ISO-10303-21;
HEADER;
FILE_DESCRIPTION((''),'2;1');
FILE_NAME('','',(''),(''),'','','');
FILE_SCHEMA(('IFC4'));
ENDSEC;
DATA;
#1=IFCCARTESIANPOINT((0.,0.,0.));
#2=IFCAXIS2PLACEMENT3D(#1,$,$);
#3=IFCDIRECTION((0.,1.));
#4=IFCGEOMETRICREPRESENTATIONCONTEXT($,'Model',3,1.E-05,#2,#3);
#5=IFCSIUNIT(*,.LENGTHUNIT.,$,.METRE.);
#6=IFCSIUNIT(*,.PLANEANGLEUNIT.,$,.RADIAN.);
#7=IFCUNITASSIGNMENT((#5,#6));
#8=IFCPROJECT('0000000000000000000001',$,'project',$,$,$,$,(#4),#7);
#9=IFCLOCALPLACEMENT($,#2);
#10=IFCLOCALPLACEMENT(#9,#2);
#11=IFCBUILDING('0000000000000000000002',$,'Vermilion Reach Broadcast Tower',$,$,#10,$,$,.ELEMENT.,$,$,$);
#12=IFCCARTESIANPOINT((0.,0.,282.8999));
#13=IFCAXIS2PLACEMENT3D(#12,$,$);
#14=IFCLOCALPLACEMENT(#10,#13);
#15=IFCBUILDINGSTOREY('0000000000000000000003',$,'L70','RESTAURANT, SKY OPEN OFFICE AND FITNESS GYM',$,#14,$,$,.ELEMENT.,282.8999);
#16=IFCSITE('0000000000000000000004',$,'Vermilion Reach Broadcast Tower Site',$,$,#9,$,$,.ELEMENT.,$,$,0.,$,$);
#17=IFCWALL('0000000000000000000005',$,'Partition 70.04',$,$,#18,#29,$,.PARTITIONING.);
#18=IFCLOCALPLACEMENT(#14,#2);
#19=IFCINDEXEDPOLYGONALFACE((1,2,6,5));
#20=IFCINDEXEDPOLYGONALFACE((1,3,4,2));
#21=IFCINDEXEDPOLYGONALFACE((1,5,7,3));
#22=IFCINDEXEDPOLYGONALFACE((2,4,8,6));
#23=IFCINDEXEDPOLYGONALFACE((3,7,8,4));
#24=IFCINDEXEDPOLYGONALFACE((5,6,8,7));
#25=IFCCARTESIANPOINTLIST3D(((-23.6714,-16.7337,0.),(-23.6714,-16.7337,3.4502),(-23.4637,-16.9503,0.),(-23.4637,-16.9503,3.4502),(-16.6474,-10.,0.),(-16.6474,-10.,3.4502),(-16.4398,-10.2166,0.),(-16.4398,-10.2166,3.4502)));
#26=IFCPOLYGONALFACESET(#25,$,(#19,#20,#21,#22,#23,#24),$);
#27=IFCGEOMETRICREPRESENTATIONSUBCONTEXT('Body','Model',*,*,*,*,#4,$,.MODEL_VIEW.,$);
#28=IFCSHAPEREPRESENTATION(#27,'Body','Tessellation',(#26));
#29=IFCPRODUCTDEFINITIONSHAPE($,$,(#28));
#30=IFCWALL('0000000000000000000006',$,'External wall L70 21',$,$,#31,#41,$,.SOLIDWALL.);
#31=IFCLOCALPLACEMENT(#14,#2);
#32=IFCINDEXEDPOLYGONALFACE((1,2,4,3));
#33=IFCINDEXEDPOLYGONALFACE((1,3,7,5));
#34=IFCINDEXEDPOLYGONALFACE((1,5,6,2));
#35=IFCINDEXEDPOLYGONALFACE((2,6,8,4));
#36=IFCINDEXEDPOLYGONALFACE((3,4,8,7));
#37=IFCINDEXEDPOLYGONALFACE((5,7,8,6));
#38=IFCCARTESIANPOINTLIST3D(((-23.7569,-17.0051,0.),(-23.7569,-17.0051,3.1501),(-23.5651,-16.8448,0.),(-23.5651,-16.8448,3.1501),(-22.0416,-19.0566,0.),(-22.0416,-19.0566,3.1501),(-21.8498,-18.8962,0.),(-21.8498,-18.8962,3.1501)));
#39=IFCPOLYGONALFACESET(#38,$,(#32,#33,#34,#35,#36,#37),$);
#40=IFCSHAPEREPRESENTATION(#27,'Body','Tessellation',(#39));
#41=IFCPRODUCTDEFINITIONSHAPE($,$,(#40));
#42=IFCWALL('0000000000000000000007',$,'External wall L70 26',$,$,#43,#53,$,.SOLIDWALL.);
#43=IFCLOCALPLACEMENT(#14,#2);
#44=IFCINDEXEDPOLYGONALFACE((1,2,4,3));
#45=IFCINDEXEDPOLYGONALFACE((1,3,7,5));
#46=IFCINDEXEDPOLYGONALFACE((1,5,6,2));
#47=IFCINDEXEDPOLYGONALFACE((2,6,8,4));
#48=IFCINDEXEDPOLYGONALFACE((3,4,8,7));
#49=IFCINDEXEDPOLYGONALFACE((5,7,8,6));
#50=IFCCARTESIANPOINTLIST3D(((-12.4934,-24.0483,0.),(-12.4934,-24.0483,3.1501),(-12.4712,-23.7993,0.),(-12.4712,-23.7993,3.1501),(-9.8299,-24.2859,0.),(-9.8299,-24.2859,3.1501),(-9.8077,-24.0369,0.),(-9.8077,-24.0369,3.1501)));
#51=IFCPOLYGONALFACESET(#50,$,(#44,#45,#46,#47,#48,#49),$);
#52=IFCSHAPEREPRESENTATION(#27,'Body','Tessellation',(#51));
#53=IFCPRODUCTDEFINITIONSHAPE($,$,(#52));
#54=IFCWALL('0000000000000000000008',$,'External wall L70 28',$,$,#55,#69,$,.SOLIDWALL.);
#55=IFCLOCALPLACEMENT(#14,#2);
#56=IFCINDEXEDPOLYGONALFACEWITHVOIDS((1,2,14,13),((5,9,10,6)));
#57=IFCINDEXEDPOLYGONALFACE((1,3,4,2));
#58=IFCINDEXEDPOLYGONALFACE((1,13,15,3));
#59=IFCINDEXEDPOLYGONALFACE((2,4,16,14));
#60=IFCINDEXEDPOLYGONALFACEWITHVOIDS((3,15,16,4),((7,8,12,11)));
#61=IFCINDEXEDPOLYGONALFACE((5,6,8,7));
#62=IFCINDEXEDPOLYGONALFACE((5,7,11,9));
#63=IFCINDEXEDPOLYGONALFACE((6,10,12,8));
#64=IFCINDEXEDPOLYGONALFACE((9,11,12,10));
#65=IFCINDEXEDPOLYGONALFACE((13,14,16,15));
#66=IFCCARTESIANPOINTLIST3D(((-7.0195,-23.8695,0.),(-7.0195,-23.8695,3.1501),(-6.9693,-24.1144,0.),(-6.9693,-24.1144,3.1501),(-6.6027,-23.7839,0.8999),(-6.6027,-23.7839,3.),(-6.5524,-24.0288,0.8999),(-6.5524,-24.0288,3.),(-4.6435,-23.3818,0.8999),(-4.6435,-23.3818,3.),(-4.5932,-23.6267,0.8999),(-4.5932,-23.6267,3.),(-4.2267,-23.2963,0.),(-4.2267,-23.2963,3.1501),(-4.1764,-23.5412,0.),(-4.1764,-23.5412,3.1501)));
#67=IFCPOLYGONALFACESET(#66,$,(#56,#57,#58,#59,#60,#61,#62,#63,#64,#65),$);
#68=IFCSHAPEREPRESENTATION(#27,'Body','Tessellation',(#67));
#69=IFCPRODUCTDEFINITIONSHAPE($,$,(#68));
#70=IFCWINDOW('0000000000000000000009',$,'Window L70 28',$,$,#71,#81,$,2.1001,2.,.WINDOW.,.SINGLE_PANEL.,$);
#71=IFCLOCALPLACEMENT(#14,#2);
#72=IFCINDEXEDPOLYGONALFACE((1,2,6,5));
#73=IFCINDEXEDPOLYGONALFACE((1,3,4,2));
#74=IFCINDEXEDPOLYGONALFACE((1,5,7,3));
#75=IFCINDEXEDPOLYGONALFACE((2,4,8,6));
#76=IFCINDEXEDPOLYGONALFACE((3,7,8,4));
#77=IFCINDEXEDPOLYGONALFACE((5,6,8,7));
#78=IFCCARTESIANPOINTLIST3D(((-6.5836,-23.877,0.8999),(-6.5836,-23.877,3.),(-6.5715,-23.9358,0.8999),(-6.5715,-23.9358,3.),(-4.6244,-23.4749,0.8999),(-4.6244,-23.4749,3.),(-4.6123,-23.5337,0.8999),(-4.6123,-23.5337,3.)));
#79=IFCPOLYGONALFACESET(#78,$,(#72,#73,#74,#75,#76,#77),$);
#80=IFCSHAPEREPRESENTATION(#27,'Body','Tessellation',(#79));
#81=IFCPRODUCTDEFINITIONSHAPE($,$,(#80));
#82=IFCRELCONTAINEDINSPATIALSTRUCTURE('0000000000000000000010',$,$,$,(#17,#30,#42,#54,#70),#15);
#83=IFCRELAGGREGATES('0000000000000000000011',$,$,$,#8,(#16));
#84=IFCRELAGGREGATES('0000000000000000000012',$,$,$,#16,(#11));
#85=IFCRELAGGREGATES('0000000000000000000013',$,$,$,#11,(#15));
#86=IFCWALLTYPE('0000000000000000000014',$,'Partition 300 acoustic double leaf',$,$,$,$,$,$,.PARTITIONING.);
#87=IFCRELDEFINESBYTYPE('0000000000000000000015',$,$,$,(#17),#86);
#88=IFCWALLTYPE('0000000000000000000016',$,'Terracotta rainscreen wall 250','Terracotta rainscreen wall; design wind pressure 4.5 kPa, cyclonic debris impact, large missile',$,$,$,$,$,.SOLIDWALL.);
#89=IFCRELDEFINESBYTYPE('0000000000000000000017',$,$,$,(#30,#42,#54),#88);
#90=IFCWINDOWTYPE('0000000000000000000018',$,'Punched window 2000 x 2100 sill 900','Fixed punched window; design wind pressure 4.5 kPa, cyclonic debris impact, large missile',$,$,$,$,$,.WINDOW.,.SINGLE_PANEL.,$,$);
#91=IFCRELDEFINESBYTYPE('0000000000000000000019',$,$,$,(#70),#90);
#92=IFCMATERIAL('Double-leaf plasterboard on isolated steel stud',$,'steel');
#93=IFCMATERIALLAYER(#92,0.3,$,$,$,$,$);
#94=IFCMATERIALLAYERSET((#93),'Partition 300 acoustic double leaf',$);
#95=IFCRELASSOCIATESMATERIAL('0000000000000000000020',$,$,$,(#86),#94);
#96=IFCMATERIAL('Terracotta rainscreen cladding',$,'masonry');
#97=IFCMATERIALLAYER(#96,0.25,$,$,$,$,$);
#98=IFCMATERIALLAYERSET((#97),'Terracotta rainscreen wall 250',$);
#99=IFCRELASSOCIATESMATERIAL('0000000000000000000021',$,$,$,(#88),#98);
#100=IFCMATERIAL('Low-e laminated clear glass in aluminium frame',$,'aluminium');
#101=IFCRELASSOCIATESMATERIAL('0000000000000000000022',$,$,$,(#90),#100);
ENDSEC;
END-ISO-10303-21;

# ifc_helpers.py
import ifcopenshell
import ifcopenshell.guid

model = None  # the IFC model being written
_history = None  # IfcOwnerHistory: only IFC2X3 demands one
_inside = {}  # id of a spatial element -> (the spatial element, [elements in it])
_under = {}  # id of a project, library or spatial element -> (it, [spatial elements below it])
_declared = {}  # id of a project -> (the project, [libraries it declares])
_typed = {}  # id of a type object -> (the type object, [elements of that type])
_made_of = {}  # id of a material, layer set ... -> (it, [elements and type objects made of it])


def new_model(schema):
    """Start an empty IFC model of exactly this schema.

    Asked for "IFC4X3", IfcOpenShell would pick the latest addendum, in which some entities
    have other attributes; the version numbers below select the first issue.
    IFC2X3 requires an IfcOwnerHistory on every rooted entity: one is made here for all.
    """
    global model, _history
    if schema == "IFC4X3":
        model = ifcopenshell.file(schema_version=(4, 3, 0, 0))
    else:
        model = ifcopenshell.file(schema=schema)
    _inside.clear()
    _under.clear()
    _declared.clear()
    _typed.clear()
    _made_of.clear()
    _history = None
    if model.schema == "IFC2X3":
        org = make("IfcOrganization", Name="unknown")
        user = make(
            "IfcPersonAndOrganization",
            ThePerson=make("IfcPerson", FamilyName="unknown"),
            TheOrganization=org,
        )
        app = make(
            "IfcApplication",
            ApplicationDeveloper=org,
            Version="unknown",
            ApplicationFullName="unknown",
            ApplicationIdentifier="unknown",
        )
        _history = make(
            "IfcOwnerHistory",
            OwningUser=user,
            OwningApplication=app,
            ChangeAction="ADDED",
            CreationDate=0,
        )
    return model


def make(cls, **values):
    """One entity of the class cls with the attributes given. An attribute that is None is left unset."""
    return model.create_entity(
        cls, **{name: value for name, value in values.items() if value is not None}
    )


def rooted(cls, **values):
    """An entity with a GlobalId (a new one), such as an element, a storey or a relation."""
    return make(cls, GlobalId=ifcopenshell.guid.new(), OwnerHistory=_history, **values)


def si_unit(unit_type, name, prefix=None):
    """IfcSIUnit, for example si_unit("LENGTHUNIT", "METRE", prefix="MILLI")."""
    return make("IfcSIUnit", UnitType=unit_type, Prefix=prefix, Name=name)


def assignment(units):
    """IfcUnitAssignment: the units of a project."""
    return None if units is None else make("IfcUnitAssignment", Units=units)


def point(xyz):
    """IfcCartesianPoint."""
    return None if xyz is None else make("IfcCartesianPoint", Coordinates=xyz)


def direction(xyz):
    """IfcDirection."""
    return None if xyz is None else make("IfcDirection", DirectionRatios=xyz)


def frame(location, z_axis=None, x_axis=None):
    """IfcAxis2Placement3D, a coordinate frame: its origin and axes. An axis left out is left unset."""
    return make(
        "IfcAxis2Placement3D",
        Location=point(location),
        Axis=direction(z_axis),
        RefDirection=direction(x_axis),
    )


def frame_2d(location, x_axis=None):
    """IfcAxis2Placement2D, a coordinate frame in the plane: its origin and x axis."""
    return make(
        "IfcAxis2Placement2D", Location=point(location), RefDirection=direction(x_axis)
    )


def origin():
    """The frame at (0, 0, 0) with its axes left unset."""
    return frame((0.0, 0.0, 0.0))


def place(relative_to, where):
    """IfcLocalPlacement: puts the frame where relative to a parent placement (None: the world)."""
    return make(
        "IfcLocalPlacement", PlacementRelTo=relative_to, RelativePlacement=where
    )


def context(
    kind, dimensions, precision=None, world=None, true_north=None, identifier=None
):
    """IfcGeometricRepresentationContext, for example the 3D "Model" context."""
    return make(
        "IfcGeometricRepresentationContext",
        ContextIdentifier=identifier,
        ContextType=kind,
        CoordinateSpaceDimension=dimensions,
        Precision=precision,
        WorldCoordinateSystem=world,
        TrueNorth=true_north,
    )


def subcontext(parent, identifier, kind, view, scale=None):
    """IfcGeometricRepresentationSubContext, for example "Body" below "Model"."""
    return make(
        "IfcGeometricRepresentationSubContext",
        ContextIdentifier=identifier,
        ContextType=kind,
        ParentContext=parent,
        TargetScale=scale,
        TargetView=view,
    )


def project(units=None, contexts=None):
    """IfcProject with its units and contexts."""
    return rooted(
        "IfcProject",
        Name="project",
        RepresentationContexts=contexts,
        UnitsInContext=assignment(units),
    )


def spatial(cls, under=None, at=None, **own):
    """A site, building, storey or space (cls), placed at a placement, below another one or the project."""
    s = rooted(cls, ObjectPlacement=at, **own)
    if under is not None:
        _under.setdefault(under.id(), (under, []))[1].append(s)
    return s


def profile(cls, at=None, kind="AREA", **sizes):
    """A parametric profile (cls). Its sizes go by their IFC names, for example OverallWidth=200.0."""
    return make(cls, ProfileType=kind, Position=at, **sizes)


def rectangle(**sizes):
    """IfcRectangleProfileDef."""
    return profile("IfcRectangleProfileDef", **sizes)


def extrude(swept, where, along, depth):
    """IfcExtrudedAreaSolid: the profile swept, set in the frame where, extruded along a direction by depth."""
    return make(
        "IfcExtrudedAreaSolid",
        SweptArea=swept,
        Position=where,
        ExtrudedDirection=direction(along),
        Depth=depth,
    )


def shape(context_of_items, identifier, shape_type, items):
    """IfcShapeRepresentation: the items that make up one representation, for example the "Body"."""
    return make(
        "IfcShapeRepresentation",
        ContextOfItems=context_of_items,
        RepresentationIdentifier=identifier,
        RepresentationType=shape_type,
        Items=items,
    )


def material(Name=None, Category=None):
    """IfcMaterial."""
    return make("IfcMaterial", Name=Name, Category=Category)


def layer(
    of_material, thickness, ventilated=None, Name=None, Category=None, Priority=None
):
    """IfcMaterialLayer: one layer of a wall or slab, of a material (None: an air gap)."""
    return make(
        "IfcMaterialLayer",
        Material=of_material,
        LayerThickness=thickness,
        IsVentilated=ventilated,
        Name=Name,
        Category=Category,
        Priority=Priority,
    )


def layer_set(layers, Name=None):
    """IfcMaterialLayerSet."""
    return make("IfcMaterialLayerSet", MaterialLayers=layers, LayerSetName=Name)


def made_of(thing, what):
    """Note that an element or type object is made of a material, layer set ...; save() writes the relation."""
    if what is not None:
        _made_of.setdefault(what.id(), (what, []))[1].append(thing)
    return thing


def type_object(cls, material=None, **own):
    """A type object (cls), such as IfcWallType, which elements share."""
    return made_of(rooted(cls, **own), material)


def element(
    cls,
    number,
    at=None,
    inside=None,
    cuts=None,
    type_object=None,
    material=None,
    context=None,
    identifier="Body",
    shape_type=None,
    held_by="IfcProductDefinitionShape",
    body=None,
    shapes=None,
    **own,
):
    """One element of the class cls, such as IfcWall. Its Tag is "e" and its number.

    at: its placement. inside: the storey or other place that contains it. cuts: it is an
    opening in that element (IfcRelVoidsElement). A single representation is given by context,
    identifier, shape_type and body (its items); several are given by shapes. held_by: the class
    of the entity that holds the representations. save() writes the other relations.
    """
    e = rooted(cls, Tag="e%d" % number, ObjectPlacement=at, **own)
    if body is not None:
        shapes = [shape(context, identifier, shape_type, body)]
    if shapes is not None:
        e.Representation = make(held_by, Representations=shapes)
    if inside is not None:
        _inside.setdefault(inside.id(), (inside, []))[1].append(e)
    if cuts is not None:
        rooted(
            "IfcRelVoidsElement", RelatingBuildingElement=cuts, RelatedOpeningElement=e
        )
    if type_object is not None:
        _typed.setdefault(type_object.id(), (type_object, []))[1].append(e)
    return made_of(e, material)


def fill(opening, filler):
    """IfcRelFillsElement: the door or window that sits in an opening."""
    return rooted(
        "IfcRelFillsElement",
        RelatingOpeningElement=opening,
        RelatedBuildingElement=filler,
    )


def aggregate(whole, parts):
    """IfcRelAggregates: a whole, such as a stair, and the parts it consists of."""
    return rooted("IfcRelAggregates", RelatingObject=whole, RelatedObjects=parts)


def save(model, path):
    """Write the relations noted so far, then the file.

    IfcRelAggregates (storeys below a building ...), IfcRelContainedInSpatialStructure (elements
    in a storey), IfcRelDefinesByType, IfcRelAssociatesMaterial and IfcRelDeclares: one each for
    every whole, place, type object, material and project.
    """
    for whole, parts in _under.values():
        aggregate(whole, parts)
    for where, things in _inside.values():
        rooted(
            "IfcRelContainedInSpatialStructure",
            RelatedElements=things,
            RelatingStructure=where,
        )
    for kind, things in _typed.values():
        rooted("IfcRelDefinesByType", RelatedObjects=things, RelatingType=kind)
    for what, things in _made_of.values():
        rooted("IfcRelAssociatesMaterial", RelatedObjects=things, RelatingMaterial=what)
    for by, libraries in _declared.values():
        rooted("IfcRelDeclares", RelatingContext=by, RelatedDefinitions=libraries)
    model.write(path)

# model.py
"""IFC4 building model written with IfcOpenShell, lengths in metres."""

from ifc_helpers import new_model, si_unit, direction, frame, frame_2d, origin, place, context, subcontext, project, spatial, rectangle, extrude, material, layer, layer_set, type_object, element, fill, save


model = new_model("IFC4")

# Units and contexts
model_context = context("Model", 3, precision=1e-05, world=origin(), true_north=direction((0.0, 1.0)))
body_context = subcontext(model_context, "Body", "Model", "MODEL_VIEW")
ifc_project = project(units=[si_unit("LENGTHUNIT", "METRE"), si_unit("PLANEANGLEUNIT", "RADIAN")], contexts=[model_context])

# Site, building, storey
site_placement = place(None, origin())
site = spatial("IfcSite", under=ifc_project, at=site_placement, Name="Vermilion Reach Broadcast Tower Site", CompositionType="ELEMENT", RefElevation=0.0)
building_placement = place(site_placement, origin())
building = spatial("IfcBuilding", under=site, at=building_placement, Name="Vermilion Reach Broadcast Tower", CompositionType="ELEMENT")
storey_placement = place(building_placement, frame((0.0, 0.0, 282.8999)))
storey = spatial("IfcBuildingStorey", under=building, at=storey_placement, Name="L70", Description="RESTAURANT, SKY OPEN OFFICE AND FITNESS GYM", CompositionType="ELEMENT", Elevation=282.8999)

# Wall
ifc_material_1 = material(Name="Double-leaf plasterboard on isolated steel stud", Category="steel")
ifc_layer_1 = layer(ifc_material_1, 0.3)
ifc_layer_set_1 = layer_set([ifc_layer_1], Name="Partition 300 acoustic double leaf")
wall_type_1 = type_object("IfcWallType", Name="Partition 300 acoustic double leaf", PredefinedType="PARTITIONING", material=ifc_layer_set_1)
wall_1_placement = place(storey_placement, frame((-23.5676, -16.842, 0.0), z_axis=(0.0, 0.0, 1.0), x_axis=(0.721866, 0.692033, 0.0)))
element("IfcWall", 1, at=wall_1_placement, inside=storey, type_object=wall_type_1, Name="Partition 70.04", PredefinedType="PARTITIONING", context=body_context, shape_type="SweptSolid", body=[
    extrude(rectangle(XDim=9.7302, YDim=0.3, at=frame_2d((4.8652, 0.0))), origin(), (0.0, 0.0, 1.0), 3.4502),
])

# Shared definitions
ifc_material_2 = material(Name="Terracotta rainscreen cladding", Category="masonry")
ifc_layer_2 = layer(ifc_material_2, 0.25)
ifc_layer_set_2 = layer_set([ifc_layer_2], Name="Terracotta rainscreen wall 250")
wall_type_2 = type_object("IfcWallType", Name="Terracotta rainscreen wall 250", Description="Terracotta rainscreen wall; design wind pressure 4.5 kPa, cyclonic debris impact, large missile", PredefinedType="SOLIDWALL", material=ifc_layer_set_2)

# Walls
for number, where, z_axis, x_axis, name in (
    (2, (-23.6609, -16.925, 0.0), (0.0, 0.0, 1.0), (0.64145, -0.767165, 0.0), "External wall L70 21"),
    (3, (-12.4822, -23.9238, 0.0), (0.0, 0.0, 1.0), (0.996047, -0.088832, 0.0), "External wall L70 26"),
):
    element("IfcWall", number, at=place(storey_placement, frame(where, z_axis=z_axis, x_axis=x_axis)), inside=storey, type_object=wall_type_2, Name=name, PredefinedType="SOLIDWALL", context=body_context, shape_type="SweptSolid", body=[
        extrude(rectangle(XDim=2.6741, YDim=0.25, at=frame_2d((1.3369, 0.0))), origin(), (0.0, 0.0, 1.0), 3.1501),
    ])

# Wall, opening, window
wall_2_placement = place(storey_placement, frame((-6.9944, -23.9919, 0.0), z_axis=(0.0, 0.0, 1.0), x_axis=(0.97958, 0.201054, 0.0)))
wall_2 = element("IfcWall", 4, at=wall_2_placement, inside=storey, type_object=wall_type_2, Name="External wall L70 28", PredefinedType="SOLIDWALL", context=body_context, shape_type="SweptSolid", body=[
    extrude(rectangle(XDim=2.8511, YDim=0.25, at=frame_2d((1.4255, 0.0))), origin(), (0.0, 0.0, 1.0), 3.1501),
])
opening_1_placement = place(wall_2_placement, frame((0.4255, 0.0, 0.8999)))
opening_1 = element("IfcOpeningElement", 5, at=opening_1_placement, cuts=wall_2, PredefinedType="OPENING", context=body_context, shape_type="SweptSolid", body=[
    extrude(rectangle(XDim=2.0, YDim=2.1001, at=frame_2d((1.0, 1.05))), frame((0.0, 0.135, 0.0), z_axis=(0.0, -1.0, 0.0), x_axis=(1.0, 0.0, 0.0)), (0.0, 0.0, 1.0), 0.27),
])
ifc_material_3 = material(Name="Low-e laminated clear glass in aluminium frame", Category="aluminium")
window_type = type_object("IfcWindowType", Name="Punched window 2000 x 2100 sill 900", Description="Fixed punched window; design wind pressure 4.5 kPa, cyclonic debris impact, large missile", PartitioningType="SINGLE_PANEL", PredefinedType="WINDOW", material=ifc_material_3)
window_placement = place(opening_1_placement, origin())
window = element("IfcWindow", 6, at=window_placement, inside=storey, type_object=window_type, Name="Window L70 28", OverallHeight=2.1001, OverallWidth=2.0, PartitioningType="SINGLE_PANEL", PredefinedType="WINDOW", context=body_context, shape_type="SweptSolid", body=[
    extrude(rectangle(XDim=2.0, YDim=2.1001, at=frame_2d((1.0, 1.05))), frame((0.0, 0.03, 0.0), z_axis=(0.0, -1.0, 0.0), x_axis=(1.0, 0.0, 0.0)), (0.0, 0.0, 1.0), 0.0601),
])
fill(opening_1, window)

save(model, "model.ifc")
